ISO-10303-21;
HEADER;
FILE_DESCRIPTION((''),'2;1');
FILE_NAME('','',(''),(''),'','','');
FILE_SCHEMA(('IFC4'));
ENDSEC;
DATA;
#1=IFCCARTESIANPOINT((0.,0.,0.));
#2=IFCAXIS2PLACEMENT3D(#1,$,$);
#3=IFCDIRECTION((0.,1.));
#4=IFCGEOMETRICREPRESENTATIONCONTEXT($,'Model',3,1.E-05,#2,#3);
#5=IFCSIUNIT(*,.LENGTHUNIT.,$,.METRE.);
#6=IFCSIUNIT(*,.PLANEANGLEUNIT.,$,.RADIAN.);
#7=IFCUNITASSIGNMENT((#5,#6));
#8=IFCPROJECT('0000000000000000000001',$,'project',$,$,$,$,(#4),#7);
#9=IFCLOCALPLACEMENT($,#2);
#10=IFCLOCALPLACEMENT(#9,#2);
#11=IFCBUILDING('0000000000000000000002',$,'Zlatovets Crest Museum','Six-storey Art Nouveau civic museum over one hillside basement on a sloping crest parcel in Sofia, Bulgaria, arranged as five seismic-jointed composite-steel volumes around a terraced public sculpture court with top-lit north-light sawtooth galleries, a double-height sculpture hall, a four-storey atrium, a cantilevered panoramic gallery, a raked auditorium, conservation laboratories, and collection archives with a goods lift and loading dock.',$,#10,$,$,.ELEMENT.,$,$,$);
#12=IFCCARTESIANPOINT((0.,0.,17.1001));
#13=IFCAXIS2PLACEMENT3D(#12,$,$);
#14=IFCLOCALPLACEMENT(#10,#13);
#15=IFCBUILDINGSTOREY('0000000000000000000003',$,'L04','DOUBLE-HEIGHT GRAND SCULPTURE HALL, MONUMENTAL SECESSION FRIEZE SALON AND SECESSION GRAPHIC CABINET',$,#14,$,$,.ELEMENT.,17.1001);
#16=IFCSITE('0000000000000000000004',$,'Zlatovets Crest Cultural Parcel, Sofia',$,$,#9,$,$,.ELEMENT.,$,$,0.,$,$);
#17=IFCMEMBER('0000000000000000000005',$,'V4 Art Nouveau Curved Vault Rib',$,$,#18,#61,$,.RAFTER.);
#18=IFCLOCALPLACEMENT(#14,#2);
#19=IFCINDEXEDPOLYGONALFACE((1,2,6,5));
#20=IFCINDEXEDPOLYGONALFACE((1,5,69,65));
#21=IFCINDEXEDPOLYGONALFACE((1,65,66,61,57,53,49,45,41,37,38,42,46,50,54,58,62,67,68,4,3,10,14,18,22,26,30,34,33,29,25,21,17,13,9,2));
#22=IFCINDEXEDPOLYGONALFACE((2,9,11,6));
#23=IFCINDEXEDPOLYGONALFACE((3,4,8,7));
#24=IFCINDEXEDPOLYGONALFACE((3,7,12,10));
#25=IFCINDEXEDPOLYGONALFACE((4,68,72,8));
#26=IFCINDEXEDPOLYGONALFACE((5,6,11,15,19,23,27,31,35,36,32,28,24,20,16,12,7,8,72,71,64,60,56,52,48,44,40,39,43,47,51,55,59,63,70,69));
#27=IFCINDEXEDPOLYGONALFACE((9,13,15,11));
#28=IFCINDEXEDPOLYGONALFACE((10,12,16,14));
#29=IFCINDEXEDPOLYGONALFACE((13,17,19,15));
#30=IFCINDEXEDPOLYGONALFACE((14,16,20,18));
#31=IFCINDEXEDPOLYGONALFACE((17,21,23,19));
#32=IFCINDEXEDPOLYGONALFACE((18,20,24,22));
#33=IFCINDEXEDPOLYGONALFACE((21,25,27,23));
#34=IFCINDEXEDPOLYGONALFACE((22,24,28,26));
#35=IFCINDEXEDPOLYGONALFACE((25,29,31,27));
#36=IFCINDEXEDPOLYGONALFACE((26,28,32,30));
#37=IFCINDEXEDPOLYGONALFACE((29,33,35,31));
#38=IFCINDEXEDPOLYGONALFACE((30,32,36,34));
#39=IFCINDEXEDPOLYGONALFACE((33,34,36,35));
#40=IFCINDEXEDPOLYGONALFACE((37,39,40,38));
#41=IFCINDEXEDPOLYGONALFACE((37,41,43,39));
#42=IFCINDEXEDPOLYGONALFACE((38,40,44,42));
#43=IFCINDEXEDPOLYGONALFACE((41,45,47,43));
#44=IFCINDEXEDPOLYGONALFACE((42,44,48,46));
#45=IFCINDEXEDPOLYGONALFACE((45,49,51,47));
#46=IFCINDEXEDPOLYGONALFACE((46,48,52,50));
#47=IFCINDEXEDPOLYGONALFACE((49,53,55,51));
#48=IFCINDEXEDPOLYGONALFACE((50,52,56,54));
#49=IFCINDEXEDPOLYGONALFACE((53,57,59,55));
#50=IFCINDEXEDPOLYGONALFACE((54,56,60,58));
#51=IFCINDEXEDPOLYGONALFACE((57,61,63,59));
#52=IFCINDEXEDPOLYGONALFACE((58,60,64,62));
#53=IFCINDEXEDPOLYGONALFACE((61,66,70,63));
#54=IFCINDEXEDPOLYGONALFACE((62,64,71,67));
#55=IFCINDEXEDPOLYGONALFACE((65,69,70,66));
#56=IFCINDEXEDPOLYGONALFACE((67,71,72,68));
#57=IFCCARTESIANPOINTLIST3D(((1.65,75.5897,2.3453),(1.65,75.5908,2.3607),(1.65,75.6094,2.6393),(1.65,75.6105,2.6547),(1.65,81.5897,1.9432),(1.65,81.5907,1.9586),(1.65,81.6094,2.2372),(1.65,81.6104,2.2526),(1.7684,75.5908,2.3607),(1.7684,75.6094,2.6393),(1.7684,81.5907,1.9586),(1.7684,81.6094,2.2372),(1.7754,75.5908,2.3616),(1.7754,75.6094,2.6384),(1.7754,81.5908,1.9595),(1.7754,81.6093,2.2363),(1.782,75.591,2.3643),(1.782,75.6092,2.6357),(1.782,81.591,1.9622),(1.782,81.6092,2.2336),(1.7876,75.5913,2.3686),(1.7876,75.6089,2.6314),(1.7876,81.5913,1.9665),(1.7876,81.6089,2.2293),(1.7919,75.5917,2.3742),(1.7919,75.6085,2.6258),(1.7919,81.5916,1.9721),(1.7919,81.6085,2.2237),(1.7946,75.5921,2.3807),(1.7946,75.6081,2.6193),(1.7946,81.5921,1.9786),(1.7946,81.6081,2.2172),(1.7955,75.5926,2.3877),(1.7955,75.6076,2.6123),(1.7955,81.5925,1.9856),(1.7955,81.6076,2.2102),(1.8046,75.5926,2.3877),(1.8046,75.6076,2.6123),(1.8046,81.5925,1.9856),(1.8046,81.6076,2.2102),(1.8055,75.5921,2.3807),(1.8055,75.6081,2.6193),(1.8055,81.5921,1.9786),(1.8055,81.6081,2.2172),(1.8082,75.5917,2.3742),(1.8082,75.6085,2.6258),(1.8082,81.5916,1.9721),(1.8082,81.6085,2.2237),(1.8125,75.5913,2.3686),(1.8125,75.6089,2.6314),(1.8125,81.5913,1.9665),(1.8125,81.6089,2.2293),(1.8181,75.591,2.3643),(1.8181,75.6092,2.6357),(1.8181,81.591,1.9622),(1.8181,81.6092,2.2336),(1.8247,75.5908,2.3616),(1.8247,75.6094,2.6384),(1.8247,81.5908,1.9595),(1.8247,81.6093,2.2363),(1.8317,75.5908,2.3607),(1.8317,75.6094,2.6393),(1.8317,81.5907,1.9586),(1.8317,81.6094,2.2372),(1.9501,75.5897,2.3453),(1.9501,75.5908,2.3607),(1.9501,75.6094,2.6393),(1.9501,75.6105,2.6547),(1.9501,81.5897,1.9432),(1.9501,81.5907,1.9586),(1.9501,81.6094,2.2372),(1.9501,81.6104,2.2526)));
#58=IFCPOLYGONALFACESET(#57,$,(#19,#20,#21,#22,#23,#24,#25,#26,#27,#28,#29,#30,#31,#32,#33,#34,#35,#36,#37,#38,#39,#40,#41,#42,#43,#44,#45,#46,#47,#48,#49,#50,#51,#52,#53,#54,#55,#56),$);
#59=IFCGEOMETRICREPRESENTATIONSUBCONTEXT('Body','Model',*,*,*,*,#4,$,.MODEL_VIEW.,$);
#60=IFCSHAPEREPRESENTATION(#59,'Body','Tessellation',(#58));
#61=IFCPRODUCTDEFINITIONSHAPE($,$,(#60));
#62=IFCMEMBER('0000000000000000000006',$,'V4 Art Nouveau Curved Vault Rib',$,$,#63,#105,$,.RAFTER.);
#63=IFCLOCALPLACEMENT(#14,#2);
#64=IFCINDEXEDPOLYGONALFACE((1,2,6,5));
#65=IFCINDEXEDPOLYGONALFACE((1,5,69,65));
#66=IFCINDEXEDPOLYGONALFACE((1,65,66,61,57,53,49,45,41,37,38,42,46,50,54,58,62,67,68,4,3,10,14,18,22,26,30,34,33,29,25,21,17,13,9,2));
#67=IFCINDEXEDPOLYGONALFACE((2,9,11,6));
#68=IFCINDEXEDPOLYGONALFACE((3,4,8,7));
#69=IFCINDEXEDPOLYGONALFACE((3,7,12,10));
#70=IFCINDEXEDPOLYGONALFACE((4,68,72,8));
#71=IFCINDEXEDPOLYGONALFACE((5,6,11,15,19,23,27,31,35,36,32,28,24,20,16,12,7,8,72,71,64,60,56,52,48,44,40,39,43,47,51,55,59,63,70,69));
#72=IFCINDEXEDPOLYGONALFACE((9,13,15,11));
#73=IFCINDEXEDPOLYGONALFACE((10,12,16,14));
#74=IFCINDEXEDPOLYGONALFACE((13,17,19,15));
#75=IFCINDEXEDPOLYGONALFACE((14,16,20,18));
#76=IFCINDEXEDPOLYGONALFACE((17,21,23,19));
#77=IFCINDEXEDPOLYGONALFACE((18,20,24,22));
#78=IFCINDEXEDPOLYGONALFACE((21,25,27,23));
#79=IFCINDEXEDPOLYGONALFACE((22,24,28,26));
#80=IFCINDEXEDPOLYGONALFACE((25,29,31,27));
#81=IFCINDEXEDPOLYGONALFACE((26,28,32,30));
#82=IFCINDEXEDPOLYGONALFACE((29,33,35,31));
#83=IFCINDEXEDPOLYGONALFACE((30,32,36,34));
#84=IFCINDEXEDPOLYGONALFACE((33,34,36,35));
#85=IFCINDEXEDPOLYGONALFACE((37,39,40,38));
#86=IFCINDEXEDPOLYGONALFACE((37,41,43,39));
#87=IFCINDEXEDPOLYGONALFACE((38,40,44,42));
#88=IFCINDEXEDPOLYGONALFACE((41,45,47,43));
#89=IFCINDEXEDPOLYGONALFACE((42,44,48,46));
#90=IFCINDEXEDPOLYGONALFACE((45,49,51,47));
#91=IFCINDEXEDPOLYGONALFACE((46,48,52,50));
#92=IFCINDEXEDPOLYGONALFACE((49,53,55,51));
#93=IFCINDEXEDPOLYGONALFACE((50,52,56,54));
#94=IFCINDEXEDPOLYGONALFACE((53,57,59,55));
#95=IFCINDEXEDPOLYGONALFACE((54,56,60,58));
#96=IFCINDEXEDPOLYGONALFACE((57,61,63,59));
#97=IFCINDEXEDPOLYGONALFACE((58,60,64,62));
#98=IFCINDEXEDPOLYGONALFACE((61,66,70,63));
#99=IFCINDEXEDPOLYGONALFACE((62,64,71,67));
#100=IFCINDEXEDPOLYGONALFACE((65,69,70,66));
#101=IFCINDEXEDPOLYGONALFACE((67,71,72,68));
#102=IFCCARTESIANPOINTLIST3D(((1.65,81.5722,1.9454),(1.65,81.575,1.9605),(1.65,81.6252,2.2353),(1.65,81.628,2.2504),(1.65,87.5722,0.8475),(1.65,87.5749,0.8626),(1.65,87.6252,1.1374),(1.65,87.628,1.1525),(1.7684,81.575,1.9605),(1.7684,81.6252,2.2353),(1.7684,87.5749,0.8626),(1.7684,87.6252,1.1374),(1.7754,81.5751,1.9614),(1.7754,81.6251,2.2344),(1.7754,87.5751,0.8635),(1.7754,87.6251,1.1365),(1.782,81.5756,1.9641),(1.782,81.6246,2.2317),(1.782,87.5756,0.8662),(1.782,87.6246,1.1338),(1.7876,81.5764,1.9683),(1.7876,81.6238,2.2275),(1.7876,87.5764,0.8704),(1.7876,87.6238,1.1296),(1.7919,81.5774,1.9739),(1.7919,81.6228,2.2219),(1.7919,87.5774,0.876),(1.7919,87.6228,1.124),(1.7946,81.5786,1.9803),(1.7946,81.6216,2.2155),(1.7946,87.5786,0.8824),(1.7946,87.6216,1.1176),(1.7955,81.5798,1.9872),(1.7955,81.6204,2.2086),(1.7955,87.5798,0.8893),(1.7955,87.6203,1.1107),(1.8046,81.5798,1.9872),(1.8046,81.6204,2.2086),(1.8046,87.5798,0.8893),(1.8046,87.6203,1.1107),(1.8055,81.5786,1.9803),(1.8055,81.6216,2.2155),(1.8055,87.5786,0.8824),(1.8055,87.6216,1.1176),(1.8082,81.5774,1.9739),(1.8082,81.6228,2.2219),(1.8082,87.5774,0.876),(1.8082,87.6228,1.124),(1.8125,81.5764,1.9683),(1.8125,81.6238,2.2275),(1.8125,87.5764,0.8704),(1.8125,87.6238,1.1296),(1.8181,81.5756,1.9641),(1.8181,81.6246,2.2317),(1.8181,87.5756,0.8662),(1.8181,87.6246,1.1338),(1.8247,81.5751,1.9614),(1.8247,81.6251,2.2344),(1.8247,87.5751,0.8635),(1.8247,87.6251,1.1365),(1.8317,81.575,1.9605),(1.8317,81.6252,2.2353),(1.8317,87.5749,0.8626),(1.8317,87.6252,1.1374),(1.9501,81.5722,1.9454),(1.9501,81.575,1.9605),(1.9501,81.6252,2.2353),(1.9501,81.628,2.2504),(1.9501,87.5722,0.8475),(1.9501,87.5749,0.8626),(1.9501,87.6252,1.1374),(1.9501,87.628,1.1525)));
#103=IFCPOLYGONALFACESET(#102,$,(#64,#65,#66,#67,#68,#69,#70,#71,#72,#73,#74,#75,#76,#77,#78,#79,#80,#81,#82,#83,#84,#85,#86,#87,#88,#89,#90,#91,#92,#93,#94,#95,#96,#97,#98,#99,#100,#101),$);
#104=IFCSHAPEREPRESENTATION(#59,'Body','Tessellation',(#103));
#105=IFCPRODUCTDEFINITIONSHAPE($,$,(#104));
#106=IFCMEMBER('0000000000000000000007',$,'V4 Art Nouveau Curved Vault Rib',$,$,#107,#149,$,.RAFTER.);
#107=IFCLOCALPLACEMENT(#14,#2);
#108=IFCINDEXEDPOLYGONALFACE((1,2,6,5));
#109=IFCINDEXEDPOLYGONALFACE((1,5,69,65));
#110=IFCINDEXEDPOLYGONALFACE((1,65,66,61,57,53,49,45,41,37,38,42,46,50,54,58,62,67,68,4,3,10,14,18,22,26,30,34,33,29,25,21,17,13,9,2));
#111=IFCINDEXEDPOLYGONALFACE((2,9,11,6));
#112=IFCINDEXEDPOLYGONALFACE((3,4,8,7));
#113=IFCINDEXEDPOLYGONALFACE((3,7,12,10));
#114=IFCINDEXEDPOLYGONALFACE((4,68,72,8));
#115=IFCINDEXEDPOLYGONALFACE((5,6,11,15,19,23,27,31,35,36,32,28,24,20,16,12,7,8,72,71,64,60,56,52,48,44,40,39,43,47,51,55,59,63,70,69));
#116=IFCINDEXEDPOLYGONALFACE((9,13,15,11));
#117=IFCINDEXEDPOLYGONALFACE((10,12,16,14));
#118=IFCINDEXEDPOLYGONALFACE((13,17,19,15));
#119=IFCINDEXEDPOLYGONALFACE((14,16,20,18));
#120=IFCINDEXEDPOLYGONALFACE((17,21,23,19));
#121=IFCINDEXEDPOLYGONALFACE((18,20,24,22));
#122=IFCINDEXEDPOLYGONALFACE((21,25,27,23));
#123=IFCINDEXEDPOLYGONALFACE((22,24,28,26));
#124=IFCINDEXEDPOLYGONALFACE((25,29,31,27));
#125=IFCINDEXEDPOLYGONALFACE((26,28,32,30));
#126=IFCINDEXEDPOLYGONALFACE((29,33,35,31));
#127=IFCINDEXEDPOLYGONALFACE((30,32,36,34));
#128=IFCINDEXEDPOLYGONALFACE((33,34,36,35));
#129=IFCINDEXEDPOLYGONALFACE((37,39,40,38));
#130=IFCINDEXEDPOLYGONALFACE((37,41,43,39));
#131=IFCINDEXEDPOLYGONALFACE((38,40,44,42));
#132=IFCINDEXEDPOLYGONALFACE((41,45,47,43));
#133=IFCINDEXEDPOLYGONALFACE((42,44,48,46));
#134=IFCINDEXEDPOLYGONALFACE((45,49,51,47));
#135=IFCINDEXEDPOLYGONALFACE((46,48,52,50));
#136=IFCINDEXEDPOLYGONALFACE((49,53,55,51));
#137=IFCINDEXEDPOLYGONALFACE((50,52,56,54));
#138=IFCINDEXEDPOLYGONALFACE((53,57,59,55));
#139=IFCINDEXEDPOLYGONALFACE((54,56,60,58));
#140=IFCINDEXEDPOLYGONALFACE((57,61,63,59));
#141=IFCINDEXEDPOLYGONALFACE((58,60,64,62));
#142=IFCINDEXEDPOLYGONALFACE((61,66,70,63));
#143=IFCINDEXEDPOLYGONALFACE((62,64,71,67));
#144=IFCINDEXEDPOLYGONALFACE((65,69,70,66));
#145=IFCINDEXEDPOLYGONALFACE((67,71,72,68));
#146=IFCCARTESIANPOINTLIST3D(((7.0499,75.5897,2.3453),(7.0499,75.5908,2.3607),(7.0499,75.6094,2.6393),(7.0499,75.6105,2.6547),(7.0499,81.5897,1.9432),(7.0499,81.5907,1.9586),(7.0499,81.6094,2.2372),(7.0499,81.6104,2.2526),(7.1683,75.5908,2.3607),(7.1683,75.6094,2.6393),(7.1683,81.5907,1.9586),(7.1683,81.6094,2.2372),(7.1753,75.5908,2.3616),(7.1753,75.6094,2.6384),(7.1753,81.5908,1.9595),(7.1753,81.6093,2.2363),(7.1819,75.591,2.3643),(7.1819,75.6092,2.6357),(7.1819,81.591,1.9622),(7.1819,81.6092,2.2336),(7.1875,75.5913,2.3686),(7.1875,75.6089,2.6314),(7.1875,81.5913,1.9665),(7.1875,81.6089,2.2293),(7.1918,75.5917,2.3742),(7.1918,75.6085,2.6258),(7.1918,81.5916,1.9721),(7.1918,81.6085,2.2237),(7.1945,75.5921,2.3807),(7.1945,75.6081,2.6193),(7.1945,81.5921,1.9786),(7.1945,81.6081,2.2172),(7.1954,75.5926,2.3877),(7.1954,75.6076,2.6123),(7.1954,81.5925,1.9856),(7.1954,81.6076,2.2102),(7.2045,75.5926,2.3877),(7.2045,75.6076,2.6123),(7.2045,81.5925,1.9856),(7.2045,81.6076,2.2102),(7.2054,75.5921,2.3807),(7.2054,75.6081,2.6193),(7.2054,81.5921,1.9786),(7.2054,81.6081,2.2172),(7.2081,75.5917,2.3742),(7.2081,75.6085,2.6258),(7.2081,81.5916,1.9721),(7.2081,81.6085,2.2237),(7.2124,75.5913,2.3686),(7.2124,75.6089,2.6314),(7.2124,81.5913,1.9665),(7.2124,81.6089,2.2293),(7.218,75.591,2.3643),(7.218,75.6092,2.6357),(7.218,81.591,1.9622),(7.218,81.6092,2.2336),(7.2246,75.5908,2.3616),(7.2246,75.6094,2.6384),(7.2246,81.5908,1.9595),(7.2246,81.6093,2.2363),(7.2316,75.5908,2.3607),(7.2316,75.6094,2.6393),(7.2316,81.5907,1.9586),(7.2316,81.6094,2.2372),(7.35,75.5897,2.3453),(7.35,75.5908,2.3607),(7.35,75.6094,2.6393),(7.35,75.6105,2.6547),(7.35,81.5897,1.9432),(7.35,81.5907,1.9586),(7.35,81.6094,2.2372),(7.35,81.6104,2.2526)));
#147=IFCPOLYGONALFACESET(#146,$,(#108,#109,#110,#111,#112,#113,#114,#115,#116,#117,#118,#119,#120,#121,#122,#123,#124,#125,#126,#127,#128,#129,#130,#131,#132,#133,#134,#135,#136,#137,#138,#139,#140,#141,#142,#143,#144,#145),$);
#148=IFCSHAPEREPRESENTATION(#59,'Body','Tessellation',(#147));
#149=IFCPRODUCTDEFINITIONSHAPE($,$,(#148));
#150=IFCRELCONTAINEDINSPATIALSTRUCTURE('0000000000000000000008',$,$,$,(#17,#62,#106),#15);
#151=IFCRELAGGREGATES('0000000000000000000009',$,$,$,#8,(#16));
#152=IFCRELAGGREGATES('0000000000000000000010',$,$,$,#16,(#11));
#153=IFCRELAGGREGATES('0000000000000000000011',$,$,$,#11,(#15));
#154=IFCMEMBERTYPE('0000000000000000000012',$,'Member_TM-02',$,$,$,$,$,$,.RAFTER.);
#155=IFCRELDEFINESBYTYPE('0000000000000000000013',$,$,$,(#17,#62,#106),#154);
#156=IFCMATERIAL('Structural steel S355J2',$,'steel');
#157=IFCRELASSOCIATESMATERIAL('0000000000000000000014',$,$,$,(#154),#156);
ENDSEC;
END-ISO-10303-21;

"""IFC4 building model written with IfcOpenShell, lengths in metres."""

from ifc_helpers import new_model, si_unit, direction, frame, origin, origin_2d, place, context, subcontext, project, spatial, i_section, extrude, material, material_profile, profile_set, type_object, element, save


model = new_model("IFC4")

# Units and contexts
model_context = context("Model", 3, precision=1e-05, world=origin(), true_north=direction((0.0, 1.0)))
body_context = subcontext(model_context, "Body", "Model", "MODEL_VIEW")
ifc_project = project(units=[si_unit("LENGTHUNIT", "METRE"), si_unit("PLANEANGLEUNIT", "RADIAN")], contexts=[model_context])

# Site, building, storey
site_placement = place(None, origin())
site = spatial("IfcSite", under=ifc_project, at=site_placement, Name="Zlatovets Crest Cultural Parcel, Sofia", CompositionType="ELEMENT", RefElevation=0.0)
building_placement = place(site_placement, origin())
building = spatial("IfcBuilding", under=site, at=building_placement, Name="Zlatovets Crest Museum", Description="Six-storey Art Nouveau civic museum over one hillside basement on a sloping crest parcel in Sofia, Bulgaria, arranged as five seismic-jointed composite-steel volumes around a terraced public sculpture court with top-lit north-light sawtooth galleries, a double-height sculpture hall, a four-storey atrium, a cantilevered panoramic gallery, a raked auditorium, conservation laboratories, and collection archives with a goods lift and loading dock.", CompositionType="ELEMENT")
storey_placement = place(building_placement, frame((0.0, 0.0, 17.1001)))
storey = spatial("IfcBuildingStorey", under=building, at=storey_placement, Name="L04", Description="DOUBLE-HEIGHT GRAND SCULPTURE HALL, MONUMENTAL SECESSION FRIEZE SALON AND SECESSION GRAPHIC CABINET", CompositionType="ELEMENT", Elevation=17.1001)

# Shared definitions
ifc_material_1 = material(Name="Structural steel S355J2", Category="steel")

# Members
ifc_material_profile_1 = material_profile(ifc_material_1, i_section(OverallWidth=0.3, OverallDepth=0.3101, WebThickness=0.009, FlangeThickness=0.0154, FilletRadius=0.0271, at=origin_2d()), Name="HEA 320")
ifc_profile_set_1 = profile_set([ifc_material_profile_1], Name="Structural steel S355J2")
member_type_1 = type_object("IfcMemberType", Name="Member_TM-02", PredefinedType="RAFTER", material=ifc_profile_set_1)
member_1_placement = place(storey_placement, frame((1.8, 75.6001, 2.5), z_axis=(0.0, 0.997762, -0.066867), x_axis=(-1.0, 0.0, 0.0)))
element("IfcMember", 1, at=member_1_placement, inside=storey, type_object=member_type_1, Name="V4 Art Nouveau Curved Vault Rib", PredefinedType="RAFTER", context=body_context, shape_type="SweptSolid", body=[
    extrude(i_section(OverallWidth=0.3, OverallDepth=0.3101, WebThickness=0.009, FlangeThickness=0.0154, FilletRadius=0.0271, at=origin_2d()), origin(), (0.0, 0.0, 1.0), 6.0134),
])
member_2_placement = place(storey_placement, frame((1.8, 81.6001, 2.0979), z_axis=(0.0, 0.983668, -0.179995), x_axis=(-1.0, 0.0, 0.0)))
element("IfcMember", 2, at=member_2_placement, inside=storey, type_object=member_type_1, Name="V4 Art Nouveau Curved Vault Rib", PredefinedType="RAFTER", context=body_context, shape_type="SweptSolid", body=[
    extrude(i_section(OverallWidth=0.3, OverallDepth=0.3101, WebThickness=0.009, FlangeThickness=0.0154, FilletRadius=0.0271, at=origin_2d()), origin(), (0.0, 0.0, 1.0), 6.0996),
])
member_3_placement = place(storey_placement, frame((7.2, 75.6001, 2.5), z_axis=(0.0, 0.997762, -0.066867), x_axis=(-1.0, 0.0, 0.0)))
element("IfcMember", 3, at=member_3_placement, inside=storey, type_object=member_type_1, Name="V4 Art Nouveau Curved Vault Rib", PredefinedType="RAFTER", context=body_context, shape_type="SweptSolid", body=[
    extrude(i_section(OverallWidth=0.3, OverallDepth=0.3101, WebThickness=0.009, FlangeThickness=0.0154, FilletRadius=0.0271, at=origin_2d()), origin(), (0.0, 0.0, 1.0), 6.0134),
])

save(model, "model.ifc")
